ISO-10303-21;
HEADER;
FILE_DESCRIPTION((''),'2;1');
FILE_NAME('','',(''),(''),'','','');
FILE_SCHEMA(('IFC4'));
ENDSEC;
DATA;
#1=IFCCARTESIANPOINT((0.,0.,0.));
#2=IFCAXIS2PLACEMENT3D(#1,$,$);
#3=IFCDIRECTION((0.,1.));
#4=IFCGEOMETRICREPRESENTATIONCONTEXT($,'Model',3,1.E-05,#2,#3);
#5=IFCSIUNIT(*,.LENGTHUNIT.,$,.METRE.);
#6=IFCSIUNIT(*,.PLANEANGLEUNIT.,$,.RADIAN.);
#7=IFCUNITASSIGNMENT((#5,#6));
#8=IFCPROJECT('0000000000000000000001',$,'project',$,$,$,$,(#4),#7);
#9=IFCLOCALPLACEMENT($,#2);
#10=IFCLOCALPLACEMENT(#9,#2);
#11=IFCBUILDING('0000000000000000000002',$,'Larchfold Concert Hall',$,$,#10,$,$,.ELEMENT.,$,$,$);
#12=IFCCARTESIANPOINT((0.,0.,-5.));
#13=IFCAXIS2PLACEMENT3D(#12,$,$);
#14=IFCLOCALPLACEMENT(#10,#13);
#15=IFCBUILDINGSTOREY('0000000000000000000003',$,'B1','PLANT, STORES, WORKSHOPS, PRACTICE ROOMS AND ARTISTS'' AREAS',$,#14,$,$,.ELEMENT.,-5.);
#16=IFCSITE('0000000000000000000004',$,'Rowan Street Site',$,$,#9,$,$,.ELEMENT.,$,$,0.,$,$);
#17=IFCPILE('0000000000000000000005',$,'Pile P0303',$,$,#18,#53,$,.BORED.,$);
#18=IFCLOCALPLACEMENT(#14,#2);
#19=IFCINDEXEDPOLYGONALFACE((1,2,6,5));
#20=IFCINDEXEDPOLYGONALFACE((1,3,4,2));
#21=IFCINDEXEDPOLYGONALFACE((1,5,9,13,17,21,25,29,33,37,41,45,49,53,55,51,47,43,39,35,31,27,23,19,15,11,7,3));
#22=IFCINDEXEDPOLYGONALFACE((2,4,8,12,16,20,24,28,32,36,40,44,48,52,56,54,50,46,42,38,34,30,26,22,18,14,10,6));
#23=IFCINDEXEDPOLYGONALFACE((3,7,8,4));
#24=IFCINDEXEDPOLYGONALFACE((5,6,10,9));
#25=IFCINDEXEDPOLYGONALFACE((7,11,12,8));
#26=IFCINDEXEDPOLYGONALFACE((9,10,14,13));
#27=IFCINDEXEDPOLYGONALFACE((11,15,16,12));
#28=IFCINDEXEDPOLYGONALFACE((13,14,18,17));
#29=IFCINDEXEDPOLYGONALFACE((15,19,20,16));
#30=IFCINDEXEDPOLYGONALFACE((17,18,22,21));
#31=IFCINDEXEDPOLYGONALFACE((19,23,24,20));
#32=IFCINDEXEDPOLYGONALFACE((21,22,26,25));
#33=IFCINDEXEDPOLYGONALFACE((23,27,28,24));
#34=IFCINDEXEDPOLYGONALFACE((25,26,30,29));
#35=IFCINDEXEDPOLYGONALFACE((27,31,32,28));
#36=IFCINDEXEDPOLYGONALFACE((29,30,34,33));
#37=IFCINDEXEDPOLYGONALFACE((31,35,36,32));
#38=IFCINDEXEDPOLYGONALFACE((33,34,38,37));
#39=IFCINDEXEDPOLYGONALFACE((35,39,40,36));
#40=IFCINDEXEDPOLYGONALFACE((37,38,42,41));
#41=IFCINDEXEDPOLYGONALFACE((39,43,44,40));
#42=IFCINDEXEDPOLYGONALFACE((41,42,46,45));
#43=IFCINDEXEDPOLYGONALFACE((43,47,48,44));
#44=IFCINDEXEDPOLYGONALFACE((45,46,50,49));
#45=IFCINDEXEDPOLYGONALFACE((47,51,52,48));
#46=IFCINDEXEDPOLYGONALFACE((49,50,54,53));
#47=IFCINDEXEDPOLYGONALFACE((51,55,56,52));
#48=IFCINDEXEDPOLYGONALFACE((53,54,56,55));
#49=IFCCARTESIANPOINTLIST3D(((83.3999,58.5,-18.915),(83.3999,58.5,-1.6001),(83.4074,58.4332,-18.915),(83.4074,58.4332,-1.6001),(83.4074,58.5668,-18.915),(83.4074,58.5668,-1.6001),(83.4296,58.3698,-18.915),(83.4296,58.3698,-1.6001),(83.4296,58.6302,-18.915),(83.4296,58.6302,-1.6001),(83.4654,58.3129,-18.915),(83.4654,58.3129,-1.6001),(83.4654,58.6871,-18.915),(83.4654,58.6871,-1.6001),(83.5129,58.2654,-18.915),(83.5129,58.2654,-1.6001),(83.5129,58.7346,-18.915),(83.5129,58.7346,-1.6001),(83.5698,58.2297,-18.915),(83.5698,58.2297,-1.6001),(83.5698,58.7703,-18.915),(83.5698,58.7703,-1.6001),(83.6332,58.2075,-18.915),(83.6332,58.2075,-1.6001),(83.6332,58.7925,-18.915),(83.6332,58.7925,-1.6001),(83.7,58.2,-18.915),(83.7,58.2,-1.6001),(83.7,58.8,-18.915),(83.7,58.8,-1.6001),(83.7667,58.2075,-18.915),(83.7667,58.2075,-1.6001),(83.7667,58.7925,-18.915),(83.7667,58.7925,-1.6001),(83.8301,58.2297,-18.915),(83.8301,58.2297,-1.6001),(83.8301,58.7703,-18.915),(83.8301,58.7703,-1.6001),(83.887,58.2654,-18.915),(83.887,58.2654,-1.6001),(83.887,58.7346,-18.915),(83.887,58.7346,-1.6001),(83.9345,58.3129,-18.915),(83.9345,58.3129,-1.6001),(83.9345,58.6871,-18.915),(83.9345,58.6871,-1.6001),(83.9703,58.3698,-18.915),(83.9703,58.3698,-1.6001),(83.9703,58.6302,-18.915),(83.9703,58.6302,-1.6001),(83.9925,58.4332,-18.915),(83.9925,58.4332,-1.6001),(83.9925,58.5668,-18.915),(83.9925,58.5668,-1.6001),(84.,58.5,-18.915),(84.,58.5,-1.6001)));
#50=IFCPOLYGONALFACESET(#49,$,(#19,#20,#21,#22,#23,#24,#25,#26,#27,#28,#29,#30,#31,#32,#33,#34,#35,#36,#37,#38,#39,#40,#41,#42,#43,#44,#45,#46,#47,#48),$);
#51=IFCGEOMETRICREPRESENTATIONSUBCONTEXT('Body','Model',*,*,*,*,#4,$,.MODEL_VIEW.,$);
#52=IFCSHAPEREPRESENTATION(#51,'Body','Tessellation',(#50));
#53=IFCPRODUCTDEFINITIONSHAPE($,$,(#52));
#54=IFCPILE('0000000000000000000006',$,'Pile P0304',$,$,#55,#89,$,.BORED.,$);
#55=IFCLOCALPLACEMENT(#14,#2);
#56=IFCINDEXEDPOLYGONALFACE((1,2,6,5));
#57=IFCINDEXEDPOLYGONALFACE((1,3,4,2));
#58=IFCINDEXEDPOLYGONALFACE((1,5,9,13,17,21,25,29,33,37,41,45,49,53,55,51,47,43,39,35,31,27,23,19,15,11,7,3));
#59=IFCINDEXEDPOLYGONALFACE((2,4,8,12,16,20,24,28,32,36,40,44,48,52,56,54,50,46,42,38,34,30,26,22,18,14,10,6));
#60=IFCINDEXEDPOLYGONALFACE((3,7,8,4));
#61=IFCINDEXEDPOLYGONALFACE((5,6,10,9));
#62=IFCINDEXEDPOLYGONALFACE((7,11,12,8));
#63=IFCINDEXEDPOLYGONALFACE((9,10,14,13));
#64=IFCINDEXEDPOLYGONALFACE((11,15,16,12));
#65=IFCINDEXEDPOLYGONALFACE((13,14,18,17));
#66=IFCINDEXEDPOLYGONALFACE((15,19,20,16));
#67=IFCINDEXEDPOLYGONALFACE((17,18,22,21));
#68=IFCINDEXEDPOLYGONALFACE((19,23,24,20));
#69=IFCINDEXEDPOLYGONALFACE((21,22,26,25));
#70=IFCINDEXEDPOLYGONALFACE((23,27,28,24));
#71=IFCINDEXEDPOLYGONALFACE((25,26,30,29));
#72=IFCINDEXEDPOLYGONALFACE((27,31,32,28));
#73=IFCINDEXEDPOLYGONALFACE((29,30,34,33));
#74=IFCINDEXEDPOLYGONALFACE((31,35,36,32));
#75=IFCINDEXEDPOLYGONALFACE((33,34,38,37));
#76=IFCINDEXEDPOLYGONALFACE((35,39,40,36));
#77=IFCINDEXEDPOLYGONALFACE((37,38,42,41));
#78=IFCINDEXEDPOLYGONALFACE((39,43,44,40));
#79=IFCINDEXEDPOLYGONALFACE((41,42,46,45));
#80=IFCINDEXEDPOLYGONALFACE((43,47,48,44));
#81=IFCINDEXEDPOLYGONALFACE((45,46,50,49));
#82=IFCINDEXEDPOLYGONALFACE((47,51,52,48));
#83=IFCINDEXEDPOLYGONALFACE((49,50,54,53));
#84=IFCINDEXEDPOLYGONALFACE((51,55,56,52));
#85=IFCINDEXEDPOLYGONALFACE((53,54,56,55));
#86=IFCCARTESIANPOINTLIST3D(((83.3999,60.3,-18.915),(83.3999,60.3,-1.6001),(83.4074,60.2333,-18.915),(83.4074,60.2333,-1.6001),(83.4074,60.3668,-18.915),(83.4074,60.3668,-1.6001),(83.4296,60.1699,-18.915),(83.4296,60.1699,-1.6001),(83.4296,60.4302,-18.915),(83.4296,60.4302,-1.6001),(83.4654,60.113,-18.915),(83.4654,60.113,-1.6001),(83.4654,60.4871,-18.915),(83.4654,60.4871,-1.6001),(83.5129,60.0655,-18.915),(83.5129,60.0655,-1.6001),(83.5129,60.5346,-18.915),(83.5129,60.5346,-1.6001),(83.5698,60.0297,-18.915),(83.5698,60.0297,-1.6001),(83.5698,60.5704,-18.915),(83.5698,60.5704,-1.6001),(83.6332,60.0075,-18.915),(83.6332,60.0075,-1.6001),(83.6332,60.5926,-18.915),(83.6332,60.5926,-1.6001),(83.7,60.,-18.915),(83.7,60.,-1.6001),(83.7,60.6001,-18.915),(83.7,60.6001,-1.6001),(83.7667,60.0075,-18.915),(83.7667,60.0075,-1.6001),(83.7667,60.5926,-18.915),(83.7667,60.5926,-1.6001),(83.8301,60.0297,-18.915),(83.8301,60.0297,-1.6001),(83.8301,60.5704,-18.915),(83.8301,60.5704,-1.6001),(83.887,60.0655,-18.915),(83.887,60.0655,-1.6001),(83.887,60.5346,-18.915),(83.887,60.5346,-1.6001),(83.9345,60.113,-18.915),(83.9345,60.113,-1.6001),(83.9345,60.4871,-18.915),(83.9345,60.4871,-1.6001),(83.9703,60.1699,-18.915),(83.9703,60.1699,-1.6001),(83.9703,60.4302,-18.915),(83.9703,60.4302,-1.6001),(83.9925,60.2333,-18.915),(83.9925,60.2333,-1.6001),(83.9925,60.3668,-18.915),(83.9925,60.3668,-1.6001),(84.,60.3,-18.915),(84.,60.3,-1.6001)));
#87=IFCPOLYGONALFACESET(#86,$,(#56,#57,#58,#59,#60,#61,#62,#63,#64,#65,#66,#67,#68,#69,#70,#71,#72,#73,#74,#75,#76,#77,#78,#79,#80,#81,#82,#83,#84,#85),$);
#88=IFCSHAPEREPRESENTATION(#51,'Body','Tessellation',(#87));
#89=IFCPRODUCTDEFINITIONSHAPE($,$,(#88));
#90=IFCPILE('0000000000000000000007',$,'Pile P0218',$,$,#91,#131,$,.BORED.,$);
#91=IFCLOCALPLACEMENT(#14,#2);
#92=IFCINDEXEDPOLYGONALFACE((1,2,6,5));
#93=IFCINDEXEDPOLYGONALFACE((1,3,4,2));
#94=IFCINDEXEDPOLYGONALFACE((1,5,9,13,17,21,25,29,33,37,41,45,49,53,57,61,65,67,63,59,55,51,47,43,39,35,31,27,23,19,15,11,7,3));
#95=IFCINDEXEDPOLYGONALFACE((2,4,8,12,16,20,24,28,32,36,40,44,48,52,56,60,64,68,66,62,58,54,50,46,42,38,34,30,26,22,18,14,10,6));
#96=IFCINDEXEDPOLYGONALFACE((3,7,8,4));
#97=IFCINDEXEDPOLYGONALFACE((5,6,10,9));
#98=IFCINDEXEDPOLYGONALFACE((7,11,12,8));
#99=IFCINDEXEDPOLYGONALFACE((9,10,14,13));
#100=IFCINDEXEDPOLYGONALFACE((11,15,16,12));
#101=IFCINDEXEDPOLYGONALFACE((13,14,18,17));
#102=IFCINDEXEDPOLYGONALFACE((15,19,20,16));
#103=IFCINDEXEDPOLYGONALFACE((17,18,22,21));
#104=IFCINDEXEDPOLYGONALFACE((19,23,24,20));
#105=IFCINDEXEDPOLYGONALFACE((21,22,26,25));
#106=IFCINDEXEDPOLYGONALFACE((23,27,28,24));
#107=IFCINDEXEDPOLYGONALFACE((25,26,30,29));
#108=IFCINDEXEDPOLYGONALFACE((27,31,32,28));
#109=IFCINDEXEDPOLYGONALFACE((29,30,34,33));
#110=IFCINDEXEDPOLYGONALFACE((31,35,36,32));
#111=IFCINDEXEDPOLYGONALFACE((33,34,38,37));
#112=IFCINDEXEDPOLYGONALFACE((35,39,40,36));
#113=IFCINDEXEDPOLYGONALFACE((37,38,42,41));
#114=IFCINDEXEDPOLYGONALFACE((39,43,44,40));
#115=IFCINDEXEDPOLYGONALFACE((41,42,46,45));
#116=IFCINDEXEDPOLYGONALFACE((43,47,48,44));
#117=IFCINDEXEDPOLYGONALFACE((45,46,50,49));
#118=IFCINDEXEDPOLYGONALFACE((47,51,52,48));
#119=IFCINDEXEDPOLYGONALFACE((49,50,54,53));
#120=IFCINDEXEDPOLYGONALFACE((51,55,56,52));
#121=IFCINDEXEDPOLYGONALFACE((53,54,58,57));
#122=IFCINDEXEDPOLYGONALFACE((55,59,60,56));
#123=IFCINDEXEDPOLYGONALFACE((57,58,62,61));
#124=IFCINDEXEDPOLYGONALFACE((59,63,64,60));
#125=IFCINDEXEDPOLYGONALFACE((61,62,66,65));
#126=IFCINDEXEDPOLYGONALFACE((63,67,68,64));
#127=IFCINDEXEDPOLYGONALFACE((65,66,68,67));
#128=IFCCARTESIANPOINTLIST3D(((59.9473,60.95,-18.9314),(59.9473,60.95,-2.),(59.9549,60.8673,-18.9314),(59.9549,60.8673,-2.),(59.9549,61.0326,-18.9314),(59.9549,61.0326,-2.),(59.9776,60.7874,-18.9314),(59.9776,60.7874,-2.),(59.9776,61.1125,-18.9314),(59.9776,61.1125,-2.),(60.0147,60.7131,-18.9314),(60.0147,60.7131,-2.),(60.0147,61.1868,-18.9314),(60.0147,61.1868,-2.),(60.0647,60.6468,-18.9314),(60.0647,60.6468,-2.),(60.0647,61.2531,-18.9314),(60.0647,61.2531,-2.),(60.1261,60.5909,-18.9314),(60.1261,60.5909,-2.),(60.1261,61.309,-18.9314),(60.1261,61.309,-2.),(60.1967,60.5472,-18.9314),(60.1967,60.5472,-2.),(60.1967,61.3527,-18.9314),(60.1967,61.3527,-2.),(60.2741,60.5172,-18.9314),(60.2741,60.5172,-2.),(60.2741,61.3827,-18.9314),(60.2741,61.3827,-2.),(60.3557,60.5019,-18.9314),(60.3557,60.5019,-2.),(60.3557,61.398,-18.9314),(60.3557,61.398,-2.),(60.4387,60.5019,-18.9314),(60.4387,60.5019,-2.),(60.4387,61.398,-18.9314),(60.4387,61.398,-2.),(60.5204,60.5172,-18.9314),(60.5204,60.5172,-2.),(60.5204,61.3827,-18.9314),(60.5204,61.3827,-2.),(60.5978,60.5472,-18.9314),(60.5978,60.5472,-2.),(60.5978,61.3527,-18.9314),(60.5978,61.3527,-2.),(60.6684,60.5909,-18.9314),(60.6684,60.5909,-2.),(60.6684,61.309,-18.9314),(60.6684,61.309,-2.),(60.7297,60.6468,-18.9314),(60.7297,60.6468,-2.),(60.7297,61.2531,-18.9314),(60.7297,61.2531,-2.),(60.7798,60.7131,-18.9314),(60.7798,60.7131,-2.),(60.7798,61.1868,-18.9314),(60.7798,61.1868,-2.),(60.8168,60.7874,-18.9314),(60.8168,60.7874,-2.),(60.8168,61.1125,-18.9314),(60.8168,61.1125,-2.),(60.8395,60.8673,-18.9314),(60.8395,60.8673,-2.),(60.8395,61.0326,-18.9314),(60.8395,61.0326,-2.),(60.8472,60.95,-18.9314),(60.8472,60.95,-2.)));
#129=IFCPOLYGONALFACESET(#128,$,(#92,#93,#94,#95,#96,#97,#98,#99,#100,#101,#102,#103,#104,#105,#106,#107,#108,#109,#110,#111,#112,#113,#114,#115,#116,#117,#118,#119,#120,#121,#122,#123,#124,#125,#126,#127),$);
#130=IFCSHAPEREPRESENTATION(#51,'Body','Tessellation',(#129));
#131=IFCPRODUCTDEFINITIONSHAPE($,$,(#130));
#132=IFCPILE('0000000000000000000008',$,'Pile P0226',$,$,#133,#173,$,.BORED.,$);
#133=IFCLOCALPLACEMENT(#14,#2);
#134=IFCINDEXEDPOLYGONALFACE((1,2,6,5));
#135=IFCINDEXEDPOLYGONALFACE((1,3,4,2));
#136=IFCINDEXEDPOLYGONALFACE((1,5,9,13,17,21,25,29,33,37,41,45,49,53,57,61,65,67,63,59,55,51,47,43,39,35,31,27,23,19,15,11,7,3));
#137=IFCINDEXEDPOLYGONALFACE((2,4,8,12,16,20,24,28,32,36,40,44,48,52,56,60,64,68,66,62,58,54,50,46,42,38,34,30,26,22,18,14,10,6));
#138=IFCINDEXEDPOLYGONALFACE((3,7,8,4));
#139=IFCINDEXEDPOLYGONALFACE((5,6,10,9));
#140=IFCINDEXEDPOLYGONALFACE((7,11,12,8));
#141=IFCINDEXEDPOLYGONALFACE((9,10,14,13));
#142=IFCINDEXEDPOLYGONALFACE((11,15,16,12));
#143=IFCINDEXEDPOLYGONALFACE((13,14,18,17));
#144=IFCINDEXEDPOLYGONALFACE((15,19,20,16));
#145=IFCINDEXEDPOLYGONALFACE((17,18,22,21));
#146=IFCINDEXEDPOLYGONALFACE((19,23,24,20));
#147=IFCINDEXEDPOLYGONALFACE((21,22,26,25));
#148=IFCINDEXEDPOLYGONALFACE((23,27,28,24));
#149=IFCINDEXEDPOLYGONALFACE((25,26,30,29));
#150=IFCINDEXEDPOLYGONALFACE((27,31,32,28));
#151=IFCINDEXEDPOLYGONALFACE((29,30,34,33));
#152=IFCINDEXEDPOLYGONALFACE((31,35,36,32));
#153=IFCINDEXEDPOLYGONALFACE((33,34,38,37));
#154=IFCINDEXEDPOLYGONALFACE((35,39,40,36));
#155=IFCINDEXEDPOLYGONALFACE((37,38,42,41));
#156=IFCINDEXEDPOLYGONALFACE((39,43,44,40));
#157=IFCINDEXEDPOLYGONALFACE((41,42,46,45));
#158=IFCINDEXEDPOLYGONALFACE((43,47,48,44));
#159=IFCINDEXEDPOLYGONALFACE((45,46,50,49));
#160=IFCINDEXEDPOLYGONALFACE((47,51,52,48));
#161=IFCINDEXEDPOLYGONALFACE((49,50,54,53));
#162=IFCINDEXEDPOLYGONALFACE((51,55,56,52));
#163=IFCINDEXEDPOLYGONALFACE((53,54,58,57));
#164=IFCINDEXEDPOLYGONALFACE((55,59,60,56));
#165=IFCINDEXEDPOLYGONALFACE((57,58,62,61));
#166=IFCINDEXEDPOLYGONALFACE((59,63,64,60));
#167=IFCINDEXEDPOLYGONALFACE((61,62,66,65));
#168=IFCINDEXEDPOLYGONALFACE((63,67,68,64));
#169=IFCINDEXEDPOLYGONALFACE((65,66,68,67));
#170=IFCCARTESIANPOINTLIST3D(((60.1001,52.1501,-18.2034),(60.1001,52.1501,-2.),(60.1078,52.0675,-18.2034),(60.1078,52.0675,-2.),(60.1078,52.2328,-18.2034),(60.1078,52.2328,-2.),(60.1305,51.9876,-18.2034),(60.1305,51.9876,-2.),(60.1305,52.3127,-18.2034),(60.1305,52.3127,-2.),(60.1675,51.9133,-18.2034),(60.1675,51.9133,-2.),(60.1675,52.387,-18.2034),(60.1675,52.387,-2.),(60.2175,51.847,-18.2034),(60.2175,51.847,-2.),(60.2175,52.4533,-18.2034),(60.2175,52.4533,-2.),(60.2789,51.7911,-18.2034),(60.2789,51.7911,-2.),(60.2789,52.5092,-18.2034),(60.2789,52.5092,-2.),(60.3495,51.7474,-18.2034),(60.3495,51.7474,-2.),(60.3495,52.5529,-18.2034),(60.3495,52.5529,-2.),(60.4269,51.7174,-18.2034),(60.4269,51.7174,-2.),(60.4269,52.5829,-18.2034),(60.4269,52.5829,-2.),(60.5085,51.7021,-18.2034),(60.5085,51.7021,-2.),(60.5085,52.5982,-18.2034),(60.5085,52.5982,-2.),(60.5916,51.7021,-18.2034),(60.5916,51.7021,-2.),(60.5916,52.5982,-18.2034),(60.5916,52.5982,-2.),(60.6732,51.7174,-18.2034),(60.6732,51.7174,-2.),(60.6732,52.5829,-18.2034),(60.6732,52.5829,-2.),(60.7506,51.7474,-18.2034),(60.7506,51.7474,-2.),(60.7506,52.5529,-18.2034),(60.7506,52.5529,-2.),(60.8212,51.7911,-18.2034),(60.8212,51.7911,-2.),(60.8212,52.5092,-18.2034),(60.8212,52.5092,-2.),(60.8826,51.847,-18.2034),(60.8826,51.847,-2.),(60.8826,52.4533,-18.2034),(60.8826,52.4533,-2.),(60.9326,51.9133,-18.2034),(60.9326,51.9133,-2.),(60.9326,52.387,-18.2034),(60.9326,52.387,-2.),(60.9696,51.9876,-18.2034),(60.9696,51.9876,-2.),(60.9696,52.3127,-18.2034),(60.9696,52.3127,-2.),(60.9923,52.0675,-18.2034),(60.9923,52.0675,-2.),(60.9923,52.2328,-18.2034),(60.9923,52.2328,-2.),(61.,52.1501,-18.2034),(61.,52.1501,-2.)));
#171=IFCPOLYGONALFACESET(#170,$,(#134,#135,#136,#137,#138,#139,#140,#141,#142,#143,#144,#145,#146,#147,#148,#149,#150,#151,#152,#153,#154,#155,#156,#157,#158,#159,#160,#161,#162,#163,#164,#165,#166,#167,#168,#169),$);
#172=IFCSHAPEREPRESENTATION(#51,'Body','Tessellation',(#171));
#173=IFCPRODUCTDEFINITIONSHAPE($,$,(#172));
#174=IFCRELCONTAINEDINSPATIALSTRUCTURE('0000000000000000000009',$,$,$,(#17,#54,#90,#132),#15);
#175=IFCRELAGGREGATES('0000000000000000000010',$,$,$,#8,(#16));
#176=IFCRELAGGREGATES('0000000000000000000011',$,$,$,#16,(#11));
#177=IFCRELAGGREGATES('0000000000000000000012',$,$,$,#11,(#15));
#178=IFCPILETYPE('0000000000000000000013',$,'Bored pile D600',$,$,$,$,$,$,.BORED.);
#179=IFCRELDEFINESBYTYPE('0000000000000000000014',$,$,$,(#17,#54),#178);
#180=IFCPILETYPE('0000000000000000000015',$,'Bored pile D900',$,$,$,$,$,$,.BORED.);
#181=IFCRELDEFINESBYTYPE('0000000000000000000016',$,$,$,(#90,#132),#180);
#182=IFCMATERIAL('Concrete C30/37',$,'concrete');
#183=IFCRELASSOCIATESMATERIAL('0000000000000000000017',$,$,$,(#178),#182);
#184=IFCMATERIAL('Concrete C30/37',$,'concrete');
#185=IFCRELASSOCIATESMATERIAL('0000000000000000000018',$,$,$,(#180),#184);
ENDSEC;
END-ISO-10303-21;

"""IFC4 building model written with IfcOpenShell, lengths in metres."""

from ifc_helpers import new_model, si_unit, direction, frame, origin, origin_2d, place, context, subcontext, project, spatial, circle, extrude, material, material_profile, profile_set, type_object, element, save


model = new_model("IFC4")

# Units and contexts
model_context = context("Model", 3, precision=1e-05, world=origin(), true_north=direction((0.0, 1.0)))
body_context = subcontext(model_context, "Body", "Model", "MODEL_VIEW")
ifc_project = project(units=[si_unit("LENGTHUNIT", "METRE"), si_unit("PLANEANGLEUNIT", "RADIAN")], contexts=[model_context])

# Site, building, storey
site_placement = place(None, origin())
site = spatial("IfcSite", under=ifc_project, at=site_placement, Name="Rowan Street Site", CompositionType="ELEMENT", RefElevation=0.0)
building_placement = place(site_placement, origin())
building = spatial("IfcBuilding", under=site, at=building_placement, Name="Larchfold Concert Hall", CompositionType="ELEMENT")
storey_placement = place(building_placement, frame((0.0, 0.0, -5.0)))
storey = spatial("IfcBuildingStorey", under=building, at=storey_placement, Name="B1", Description="PLANT, STORES, WORKSHOPS, PRACTICE ROOMS AND ARTISTS' AREAS", CompositionType="ELEMENT", Elevation=-5.0)

# Piles
ifc_material_1 = material(Name="Concrete C30/37", Category="concrete")
ifc_material_profile_1 = material_profile(ifc_material_1, circle(Radius=0.3, at=origin_2d()))
ifc_profile_set_1 = profile_set([ifc_material_profile_1], Name="Concrete C30/37")
pile_type_1 = type_object("IfcPileType", Name="Bored pile D600", PredefinedType="BORED", material=ifc_profile_set_1)
for number, where, z_axis, x_axis, name in (
    (1, (83.7, 58.5, -1.6001), (0.0, 0.0, -1.0), (1.0, 0.0, 0.0), "Pile P0303"),
    (2, (83.7, 60.3, -1.6001), (0.0, 0.0, -1.0), (1.0, 0.0, 0.0), "Pile P0304"),
):
    element("IfcPile", number, at=place(storey_placement, frame(where, z_axis=z_axis, x_axis=x_axis)), inside=storey, type_object=pile_type_1, Name=name, PredefinedType="BORED", context=body_context, shape_type="SweptSolid", body=[
        extrude(circle(Radius=0.3, at=origin_2d()), origin(), (0.0, 0.0, 1.0), 17.3149),
    ])
ifc_material_2 = material(Name="Concrete C30/37", Category="concrete")
ifc_material_profile_2 = material_profile(ifc_material_2, circle(Radius=0.45, at=origin_2d()))
ifc_profile_set_2 = profile_set([ifc_material_profile_2], Name="Concrete C30/37")
pile_type_2 = type_object("IfcPileType", Name="Bored pile D900", PredefinedType="BORED", material=ifc_profile_set_2)
pile_1_placement = place(storey_placement, frame((60.3972, 60.95, -2.0), z_axis=(0.0, 0.0, -1.0), x_axis=(1.0, 0.0, 0.0)))
element("IfcPile", 3, at=pile_1_placement, inside=storey, type_object=pile_type_2, Name="Pile P0218", PredefinedType="BORED", context=body_context, shape_type="SweptSolid", body=[
    extrude(circle(Radius=0.45, at=origin_2d()), origin(), (0.0, 0.0, 1.0), 16.9314),
])
pile_2_placement = place(storey_placement, frame((60.55, 52.1501, -2.0), z_axis=(0.0, 0.0, -1.0), x_axis=(1.0, 0.0, 0.0)))
element("IfcPile", 4, at=pile_2_placement, inside=storey, type_object=pile_type_2, Name="Pile P0226", PredefinedType="BORED", context=body_context, shape_type="SweptSolid", body=[
    extrude(circle(Radius=0.45, at=origin_2d()), origin(), (0.0, 0.0, 1.0), 16.2034),
])

save(model, "model.ifc")
